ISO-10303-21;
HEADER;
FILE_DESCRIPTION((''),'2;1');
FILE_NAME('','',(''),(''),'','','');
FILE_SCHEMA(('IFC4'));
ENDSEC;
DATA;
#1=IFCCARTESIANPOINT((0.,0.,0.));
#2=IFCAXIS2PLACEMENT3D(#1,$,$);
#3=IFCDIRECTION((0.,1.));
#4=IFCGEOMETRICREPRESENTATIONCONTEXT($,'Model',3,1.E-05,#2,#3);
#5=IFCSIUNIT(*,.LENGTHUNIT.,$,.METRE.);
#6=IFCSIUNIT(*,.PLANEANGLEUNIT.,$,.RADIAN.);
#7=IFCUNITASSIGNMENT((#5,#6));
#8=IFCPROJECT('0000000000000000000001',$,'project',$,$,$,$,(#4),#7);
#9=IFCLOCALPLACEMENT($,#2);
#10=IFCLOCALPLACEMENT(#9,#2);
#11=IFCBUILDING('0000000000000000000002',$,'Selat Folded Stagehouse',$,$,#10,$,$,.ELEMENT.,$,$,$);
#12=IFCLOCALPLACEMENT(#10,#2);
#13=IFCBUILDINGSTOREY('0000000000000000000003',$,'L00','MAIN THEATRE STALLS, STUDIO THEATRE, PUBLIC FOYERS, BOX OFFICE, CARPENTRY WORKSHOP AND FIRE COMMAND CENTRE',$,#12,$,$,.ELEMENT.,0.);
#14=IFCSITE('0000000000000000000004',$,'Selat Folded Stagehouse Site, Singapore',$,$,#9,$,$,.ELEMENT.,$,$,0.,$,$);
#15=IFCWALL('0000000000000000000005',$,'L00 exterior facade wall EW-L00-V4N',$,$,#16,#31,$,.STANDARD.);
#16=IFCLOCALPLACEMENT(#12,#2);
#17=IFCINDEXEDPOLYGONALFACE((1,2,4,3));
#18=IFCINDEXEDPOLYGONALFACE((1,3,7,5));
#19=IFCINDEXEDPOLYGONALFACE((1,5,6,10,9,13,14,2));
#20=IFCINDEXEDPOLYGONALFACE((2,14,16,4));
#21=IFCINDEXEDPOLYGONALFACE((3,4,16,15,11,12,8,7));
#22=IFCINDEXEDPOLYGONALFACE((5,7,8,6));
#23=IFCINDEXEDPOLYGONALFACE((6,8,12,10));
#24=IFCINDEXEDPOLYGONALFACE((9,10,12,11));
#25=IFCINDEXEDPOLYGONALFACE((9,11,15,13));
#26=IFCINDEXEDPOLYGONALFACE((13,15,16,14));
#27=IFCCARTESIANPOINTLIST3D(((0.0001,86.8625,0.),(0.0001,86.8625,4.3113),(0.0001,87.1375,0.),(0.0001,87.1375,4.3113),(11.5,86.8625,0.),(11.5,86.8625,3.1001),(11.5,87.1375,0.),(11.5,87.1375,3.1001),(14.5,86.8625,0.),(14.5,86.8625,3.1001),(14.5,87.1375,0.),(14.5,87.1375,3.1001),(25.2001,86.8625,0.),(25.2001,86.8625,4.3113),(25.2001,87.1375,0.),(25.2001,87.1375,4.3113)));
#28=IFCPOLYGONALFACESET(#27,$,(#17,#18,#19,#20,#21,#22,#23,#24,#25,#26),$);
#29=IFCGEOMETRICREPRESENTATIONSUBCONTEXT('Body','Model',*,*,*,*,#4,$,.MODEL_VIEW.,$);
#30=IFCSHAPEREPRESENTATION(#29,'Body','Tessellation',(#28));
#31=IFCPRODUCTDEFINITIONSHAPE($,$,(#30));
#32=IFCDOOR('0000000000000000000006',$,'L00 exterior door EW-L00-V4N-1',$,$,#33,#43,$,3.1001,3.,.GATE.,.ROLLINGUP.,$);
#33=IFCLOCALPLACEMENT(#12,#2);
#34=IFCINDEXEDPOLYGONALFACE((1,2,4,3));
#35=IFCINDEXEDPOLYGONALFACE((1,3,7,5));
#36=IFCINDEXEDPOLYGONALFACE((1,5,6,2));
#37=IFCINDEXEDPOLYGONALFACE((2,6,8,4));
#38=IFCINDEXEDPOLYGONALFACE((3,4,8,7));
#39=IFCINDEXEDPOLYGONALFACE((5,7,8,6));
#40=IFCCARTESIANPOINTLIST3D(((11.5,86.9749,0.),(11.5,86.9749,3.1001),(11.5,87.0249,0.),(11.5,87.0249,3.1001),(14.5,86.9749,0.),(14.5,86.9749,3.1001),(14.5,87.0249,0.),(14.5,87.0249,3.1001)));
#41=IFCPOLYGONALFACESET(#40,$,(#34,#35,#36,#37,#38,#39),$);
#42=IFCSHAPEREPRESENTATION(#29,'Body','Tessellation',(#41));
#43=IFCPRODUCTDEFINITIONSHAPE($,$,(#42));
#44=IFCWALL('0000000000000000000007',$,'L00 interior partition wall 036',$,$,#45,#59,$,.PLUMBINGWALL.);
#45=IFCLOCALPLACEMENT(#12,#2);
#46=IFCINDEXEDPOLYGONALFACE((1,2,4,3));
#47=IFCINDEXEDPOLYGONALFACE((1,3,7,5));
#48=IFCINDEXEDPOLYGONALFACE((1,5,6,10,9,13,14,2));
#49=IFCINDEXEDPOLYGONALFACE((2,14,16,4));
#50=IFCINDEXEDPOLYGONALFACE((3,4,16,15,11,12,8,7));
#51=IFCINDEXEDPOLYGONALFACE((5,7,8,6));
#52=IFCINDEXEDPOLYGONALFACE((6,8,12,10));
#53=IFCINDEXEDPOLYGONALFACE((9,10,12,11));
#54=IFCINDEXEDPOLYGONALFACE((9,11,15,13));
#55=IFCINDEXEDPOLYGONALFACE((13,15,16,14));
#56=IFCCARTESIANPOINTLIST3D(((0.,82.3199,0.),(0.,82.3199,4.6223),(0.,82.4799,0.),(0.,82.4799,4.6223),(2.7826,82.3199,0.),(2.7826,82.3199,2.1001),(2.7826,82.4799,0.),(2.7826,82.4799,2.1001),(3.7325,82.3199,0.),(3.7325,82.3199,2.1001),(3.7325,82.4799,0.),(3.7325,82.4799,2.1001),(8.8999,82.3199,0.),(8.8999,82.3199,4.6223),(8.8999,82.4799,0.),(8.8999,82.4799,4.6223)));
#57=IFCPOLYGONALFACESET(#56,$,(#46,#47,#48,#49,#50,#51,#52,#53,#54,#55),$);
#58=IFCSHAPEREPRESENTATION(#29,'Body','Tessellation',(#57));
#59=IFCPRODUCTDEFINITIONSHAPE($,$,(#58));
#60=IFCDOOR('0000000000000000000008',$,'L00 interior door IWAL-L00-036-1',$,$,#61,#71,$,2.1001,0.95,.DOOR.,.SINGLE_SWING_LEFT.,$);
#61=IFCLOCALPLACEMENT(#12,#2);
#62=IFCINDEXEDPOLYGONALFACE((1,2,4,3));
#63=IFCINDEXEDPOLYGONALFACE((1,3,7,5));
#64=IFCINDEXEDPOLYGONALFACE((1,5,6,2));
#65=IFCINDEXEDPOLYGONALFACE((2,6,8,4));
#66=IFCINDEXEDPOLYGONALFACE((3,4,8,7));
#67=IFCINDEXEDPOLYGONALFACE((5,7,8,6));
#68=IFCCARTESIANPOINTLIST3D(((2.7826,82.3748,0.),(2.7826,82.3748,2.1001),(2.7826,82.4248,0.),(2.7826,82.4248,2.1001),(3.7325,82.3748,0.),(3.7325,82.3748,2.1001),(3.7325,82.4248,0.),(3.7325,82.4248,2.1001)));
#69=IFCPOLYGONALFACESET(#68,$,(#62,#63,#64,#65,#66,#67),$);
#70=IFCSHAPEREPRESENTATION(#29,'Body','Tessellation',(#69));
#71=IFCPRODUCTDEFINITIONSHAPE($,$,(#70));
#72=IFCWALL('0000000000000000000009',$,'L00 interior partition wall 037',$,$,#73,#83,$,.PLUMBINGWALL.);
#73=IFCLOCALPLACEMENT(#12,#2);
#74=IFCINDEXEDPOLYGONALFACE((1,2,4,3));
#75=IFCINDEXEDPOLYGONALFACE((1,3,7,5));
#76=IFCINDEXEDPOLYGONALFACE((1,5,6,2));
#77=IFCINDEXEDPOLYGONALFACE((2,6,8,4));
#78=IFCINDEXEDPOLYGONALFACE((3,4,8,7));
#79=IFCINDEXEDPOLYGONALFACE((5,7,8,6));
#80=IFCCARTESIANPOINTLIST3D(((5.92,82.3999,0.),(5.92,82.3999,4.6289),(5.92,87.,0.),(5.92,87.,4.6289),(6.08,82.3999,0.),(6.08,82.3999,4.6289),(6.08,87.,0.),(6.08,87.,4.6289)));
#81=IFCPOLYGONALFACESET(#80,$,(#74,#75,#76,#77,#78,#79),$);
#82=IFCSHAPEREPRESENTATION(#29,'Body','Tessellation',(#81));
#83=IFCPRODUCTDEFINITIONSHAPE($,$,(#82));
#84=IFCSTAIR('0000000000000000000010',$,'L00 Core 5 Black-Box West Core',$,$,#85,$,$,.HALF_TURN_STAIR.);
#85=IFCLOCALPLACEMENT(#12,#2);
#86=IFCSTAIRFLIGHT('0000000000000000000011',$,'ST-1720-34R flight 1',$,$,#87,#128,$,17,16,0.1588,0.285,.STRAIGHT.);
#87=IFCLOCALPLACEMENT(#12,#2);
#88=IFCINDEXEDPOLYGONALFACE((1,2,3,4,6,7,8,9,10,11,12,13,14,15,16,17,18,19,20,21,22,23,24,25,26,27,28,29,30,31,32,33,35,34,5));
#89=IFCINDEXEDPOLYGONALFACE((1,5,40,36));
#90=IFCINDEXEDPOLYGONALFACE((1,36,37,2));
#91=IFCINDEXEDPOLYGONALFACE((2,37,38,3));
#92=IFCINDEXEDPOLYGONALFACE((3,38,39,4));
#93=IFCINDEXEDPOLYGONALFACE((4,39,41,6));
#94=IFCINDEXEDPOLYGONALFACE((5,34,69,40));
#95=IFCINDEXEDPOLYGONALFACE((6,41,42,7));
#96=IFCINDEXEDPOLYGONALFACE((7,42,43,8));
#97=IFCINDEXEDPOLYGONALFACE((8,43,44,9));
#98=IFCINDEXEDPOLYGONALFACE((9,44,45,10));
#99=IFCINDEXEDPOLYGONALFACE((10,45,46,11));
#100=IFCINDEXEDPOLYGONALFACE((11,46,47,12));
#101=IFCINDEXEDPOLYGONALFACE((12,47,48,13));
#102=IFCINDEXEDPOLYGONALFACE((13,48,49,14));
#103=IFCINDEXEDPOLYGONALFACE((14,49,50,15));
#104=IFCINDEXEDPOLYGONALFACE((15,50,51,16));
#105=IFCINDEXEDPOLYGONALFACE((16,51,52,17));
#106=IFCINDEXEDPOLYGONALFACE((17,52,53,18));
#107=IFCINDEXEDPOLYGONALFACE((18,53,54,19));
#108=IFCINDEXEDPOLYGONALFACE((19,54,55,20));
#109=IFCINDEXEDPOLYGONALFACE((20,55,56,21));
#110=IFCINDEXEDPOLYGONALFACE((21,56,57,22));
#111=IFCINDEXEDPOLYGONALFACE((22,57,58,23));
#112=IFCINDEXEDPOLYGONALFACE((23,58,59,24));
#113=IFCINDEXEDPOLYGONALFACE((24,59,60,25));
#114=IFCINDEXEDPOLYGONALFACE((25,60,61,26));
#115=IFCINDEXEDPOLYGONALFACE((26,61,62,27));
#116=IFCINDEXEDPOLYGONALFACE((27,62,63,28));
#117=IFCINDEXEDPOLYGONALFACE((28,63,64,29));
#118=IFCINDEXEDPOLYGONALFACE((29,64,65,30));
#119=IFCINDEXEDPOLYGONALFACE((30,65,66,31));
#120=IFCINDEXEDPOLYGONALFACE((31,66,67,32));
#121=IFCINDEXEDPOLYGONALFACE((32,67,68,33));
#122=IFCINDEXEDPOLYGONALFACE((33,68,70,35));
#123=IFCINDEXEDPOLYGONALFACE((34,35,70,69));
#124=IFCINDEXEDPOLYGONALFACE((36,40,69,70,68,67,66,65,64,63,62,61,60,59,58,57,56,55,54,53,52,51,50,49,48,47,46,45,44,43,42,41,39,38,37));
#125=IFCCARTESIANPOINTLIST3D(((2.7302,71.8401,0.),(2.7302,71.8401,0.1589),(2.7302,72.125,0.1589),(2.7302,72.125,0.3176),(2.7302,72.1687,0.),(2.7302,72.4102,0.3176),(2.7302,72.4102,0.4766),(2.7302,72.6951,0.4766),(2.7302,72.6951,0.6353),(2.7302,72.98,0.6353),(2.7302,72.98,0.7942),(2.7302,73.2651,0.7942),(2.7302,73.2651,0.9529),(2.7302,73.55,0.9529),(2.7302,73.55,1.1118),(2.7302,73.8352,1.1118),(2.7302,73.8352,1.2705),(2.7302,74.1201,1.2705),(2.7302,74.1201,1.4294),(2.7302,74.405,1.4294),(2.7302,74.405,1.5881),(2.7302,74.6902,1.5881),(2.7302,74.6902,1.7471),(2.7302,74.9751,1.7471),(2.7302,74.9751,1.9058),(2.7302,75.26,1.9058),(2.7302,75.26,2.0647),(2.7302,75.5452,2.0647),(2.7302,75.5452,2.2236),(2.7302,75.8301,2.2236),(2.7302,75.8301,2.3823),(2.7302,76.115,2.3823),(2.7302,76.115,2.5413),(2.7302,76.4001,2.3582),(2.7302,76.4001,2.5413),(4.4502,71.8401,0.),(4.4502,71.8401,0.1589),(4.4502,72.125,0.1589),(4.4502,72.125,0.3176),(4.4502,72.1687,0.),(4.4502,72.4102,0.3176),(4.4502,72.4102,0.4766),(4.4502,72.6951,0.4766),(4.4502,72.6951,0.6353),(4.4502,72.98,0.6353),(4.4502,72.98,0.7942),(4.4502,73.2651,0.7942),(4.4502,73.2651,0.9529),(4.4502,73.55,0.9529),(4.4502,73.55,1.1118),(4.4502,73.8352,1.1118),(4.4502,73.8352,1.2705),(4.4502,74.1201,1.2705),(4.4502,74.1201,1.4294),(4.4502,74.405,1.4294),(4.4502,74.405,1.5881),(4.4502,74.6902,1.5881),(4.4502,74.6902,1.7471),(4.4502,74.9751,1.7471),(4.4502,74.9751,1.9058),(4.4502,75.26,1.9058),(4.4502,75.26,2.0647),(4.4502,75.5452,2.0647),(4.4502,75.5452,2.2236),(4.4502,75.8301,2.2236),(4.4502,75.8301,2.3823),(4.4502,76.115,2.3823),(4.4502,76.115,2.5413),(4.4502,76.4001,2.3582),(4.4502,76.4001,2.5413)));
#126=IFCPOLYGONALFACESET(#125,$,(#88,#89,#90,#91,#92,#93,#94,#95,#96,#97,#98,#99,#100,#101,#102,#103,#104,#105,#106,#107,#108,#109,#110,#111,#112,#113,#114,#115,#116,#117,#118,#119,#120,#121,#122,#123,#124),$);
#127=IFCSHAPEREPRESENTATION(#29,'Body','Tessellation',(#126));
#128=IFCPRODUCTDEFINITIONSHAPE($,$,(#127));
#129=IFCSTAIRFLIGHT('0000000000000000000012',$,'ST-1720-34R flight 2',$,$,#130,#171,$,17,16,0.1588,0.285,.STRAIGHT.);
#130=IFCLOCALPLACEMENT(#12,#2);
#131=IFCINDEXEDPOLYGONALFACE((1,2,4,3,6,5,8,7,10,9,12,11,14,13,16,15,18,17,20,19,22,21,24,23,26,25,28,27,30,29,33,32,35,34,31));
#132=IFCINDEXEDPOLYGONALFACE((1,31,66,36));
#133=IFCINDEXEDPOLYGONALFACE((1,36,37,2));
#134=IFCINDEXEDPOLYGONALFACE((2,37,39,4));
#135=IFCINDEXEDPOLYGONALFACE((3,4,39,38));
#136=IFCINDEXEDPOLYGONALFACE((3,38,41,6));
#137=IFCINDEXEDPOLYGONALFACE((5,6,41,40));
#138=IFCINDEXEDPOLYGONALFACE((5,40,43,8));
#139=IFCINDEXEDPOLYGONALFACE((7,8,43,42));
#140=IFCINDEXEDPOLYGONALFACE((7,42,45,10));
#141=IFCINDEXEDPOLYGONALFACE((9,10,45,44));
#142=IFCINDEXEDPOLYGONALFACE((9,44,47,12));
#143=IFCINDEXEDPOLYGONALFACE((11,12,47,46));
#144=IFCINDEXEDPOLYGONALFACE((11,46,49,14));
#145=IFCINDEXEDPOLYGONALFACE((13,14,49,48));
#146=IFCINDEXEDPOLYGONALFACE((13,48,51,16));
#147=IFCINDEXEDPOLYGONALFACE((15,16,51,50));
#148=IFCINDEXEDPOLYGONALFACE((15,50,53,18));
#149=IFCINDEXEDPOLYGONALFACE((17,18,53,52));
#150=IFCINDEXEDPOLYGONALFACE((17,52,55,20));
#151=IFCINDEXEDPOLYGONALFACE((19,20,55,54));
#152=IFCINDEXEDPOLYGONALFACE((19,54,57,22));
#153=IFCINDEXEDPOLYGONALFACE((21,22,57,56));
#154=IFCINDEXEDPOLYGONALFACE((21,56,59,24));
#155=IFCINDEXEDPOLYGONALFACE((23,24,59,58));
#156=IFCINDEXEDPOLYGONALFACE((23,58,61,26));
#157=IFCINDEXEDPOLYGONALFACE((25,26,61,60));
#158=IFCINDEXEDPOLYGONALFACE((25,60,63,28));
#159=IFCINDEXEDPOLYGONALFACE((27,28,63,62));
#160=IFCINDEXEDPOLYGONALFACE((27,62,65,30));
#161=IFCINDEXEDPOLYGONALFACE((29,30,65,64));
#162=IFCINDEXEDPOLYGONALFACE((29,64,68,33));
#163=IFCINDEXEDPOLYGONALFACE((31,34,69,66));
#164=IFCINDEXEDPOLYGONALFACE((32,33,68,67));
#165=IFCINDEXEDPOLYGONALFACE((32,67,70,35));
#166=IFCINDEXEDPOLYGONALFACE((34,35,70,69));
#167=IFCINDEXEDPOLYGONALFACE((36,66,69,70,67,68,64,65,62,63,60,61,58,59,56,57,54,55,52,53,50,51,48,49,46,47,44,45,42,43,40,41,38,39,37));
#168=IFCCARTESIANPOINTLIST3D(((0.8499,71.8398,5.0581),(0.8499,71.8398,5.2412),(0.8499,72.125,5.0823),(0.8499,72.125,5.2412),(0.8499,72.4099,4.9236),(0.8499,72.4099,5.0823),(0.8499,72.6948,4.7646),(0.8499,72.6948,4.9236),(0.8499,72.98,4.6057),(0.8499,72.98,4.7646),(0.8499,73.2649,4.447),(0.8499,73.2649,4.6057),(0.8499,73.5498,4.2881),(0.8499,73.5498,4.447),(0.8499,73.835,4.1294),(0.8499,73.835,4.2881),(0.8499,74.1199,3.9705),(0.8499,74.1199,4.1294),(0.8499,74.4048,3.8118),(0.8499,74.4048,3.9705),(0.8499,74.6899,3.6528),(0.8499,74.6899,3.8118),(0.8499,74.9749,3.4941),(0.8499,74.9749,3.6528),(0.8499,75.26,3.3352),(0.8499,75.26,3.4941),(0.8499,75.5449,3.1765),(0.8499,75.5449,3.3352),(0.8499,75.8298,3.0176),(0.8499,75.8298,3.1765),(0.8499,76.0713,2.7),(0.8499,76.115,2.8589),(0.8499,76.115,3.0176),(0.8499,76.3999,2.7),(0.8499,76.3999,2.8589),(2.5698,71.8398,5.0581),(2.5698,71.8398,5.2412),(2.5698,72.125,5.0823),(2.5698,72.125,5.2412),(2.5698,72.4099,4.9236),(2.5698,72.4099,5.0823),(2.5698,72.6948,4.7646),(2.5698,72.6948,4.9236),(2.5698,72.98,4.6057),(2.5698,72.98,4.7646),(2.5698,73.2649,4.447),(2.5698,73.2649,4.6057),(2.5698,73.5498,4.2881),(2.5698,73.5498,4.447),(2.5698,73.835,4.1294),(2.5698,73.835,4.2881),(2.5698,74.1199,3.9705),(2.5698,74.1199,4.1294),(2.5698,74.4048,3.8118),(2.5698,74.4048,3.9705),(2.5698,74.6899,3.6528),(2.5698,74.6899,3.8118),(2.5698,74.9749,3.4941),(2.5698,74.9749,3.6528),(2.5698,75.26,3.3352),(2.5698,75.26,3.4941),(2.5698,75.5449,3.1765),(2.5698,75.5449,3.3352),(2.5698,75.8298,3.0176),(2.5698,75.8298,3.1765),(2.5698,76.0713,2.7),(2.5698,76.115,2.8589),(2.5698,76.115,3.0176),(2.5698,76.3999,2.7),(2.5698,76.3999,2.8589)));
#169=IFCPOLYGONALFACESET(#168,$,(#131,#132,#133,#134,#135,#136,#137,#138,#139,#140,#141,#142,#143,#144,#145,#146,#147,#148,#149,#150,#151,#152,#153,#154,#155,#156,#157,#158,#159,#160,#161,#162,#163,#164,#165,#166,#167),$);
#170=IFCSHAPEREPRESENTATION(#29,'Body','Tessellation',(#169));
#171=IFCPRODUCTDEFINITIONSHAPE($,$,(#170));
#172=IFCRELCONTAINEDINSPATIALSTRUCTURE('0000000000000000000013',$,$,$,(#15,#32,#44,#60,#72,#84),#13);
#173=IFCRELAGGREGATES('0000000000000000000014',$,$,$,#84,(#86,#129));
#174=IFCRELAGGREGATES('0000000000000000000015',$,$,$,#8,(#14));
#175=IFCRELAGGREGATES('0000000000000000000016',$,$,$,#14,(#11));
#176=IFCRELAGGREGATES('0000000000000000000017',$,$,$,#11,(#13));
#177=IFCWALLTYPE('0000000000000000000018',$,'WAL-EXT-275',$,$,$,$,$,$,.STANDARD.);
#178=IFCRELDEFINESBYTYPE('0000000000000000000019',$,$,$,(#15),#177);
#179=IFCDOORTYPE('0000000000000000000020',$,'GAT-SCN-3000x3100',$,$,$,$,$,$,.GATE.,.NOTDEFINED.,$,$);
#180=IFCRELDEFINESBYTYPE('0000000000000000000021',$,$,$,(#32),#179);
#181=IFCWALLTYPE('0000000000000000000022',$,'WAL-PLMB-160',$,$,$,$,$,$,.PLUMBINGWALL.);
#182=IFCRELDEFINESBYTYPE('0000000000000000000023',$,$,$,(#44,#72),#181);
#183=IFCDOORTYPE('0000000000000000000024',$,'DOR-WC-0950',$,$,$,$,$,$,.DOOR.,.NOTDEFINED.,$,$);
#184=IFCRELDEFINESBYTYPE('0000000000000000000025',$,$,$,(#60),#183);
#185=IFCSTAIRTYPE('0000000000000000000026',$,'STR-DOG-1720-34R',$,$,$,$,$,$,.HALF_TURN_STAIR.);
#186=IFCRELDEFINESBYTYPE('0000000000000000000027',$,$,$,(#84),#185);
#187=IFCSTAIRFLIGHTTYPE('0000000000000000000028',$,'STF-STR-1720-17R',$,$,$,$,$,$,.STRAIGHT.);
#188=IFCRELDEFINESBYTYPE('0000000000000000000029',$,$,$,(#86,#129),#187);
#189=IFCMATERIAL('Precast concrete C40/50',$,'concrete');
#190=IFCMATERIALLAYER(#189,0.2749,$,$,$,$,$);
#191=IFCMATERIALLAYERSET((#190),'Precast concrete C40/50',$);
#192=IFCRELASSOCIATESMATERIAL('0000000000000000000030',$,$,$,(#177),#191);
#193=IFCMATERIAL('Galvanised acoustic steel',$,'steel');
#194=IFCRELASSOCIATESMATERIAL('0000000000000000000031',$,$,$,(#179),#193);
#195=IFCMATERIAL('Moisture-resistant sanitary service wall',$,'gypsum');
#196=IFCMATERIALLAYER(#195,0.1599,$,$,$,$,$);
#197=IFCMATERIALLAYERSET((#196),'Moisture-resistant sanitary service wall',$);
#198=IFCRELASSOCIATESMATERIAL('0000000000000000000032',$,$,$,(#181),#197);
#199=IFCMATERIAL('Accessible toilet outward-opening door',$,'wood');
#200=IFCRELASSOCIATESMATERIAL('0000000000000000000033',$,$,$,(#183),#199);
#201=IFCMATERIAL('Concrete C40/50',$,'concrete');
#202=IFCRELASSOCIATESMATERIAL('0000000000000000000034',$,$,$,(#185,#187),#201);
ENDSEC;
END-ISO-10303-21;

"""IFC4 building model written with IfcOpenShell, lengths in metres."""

from ifc_helpers import new_model, si_unit, direction, frame, frame_2d, origin, place, context, subcontext, project, spatial, polyline, rectangle, outline, extrude, material, layer, layer_set, type_object, element, fill, aggregate, save


model = new_model("IFC4")

# Units and contexts
model_context = context("Model", 3, precision=1e-05, world=origin(), true_north=direction((0.0, 1.0)))
body_context = subcontext(model_context, "Body", "Model", "MODEL_VIEW")
ifc_project = project(units=[si_unit("LENGTHUNIT", "METRE"), si_unit("PLANEANGLEUNIT", "RADIAN")], contexts=[model_context])

# Site, building, storey
site_placement = place(None, origin())
site = spatial("IfcSite", under=ifc_project, at=site_placement, Name="Selat Folded Stagehouse Site, Singapore", CompositionType="ELEMENT", RefElevation=0.0)
building_placement = place(site_placement, origin())
building = spatial("IfcBuilding", under=site, at=building_placement, Name="Selat Folded Stagehouse", CompositionType="ELEMENT")
storey_placement = place(building_placement, origin())
storey = spatial("IfcBuildingStorey", under=building, at=storey_placement, Name="L00", Description="MAIN THEATRE STALLS, STUDIO THEATRE, PUBLIC FOYERS, BOX OFFICE, CARPENTRY WORKSHOP AND FIRE COMMAND CENTRE", CompositionType="ELEMENT", Elevation=0.0)

# Walls, openings, doors
ifc_material_1 = material(Name="Concrete C40/50", Category="concrete")
ifc_material_2 = material(Name="Precast concrete C40/50", Category="concrete")
ifc_layer_1 = layer(ifc_material_2, 0.2749)
ifc_layer_set_1 = layer_set([ifc_layer_1], Name="Precast concrete C40/50")
wall_type_1 = type_object("IfcWallType", Name="WAL-EXT-275", PredefinedType="STANDARD", material=ifc_layer_set_1)
wall_1_placement = place(storey_placement, frame((0.0, 87.0, 0.0), z_axis=(0.0, 0.0, 1.0), x_axis=(1.0, 0.0, 0.0)))
wall_1 = element("IfcWall", 1, at=wall_1_placement, inside=storey, type_object=wall_type_1, Name="L00 exterior facade wall EW-L00-V4N", PredefinedType="STANDARD", context=body_context, shape_type="SweptSolid", body=[
    extrude(rectangle(XDim=25.2, YDim=0.2749, at=frame_2d((12.6001, 0.0))), origin(), (0.0, 0.0, 1.0), 4.3113),
])
opening_1_placement = place(wall_1_placement, frame((11.5, 0.0, 0.0)))
opening_1 = element("IfcOpeningElement", 2, at=opening_1_placement, cuts=wall_1, PredefinedType="OPENING", context=body_context, shape_type="SweptSolid", body=[
    extrude(rectangle(XDim=3.0, YDim=3.1001, at=frame_2d((1.5, 1.55))), frame((0.0, 0.1475, 0.0), z_axis=(0.0, -1.0, 0.0), x_axis=(1.0, 0.0, 0.0)), (0.0, 0.0, 1.0), 0.2949),
])
ifc_material_3 = material(Name="Galvanised acoustic steel", Category="steel")
door_type_1 = type_object("IfcDoorType", Name="GAT-SCN-3000x3100", OperationType="NOTDEFINED", PredefinedType="GATE", material=ifc_material_3)
door_1_placement = place(opening_1_placement, origin())
door_1 = element("IfcDoor", 3, at=door_1_placement, inside=storey, type_object=door_type_1, Name="L00 exterior door EW-L00-V4N-1", OperationType="ROLLINGUP", OverallHeight=3.1001, OverallWidth=3.0, PredefinedType="GATE", context=body_context, shape_type="SweptSolid", body=[
    extrude(rectangle(XDim=3.0, YDim=3.1001, at=frame_2d((1.5, 1.55))), frame((0.0, 0.0249, 0.0), z_axis=(0.0, -1.0, 0.0), x_axis=(1.0, 0.0, 0.0)), (0.0, 0.0, 1.0), 0.05),
])
fill(opening_1, door_1)
ifc_material_4 = material(Name="Moisture-resistant sanitary service wall", Category="gypsum")
ifc_layer_2 = layer(ifc_material_4, 0.1599)
ifc_layer_set_2 = layer_set([ifc_layer_2], Name="Moisture-resistant sanitary service wall")
wall_type_2 = type_object("IfcWallType", Name="WAL-PLMB-160", PredefinedType="PLUMBINGWALL", material=ifc_layer_set_2)
wall_2_placement = place(storey_placement, frame((0.0, 82.3999, 0.0), z_axis=(0.0, 0.0, 1.0), x_axis=(1.0, 0.0, 0.0)))
wall_2 = element("IfcWall", 4, at=wall_2_placement, inside=storey, type_object=wall_type_2, Name="L00 interior partition wall 036", PredefinedType="PLUMBINGWALL", context=body_context, shape_type="SweptSolid", body=[
    extrude(rectangle(XDim=8.8999, YDim=0.1599, at=frame_2d((4.45, 0.0))), origin(), (0.0, 0.0, 1.0), 4.6223),
])
opening_2_placement = place(wall_2_placement, frame((2.7825, 0.0, 0.0)))
opening_2 = element("IfcOpeningElement", 5, at=opening_2_placement, cuts=wall_2, PredefinedType="OPENING", context=body_context, shape_type="SweptSolid", body=[
    extrude(rectangle(XDim=0.95, YDim=2.1001, at=frame_2d((0.4751, 1.05))), frame((0.0, 0.0898, 0.0), z_axis=(0.0, -1.0, 0.0), x_axis=(1.0, 0.0, 0.0)), (0.0, 0.0, 1.0), 0.1799),
])
ifc_material_5 = material(Name="Accessible toilet outward-opening door", Category="wood")
door_type_2 = type_object("IfcDoorType", Name="DOR-WC-0950", OperationType="NOTDEFINED", PredefinedType="DOOR", material=ifc_material_5)
door_2_placement = place(opening_2_placement, origin())
door_2 = element("IfcDoor", 6, at=door_2_placement, inside=storey, type_object=door_type_2, Name="L00 interior door IWAL-L00-036-1", OperationType="SINGLE_SWING_LEFT", OverallHeight=2.1001, OverallWidth=0.95, PredefinedType="DOOR", context=body_context, shape_type="SweptSolid", body=[
    extrude(rectangle(XDim=0.95, YDim=2.1001, at=frame_2d((0.4751, 1.05))), frame((0.0, 0.0249, 0.0), z_axis=(0.0, -1.0, 0.0), x_axis=(1.0, 0.0, 0.0)), (0.0, 0.0, 1.0), 0.05),
])
fill(opening_2, door_2)

# Wall
wall_3_placement = place(storey_placement, frame((6.0, 82.3999, 0.0), z_axis=(0.0, 0.0, 1.0), x_axis=(0.0, 1.0, 0.0)))
element("IfcWall", 7, at=wall_3_placement, inside=storey, type_object=wall_type_2, Name="L00 interior partition wall 037", PredefinedType="PLUMBINGWALL", context=body_context, shape_type="SweptSolid", body=[
    extrude(rectangle(XDim=4.6001, YDim=0.1599, at=frame_2d((2.3, 0.0))), origin(), (0.0, 0.0, 1.0), 4.6289),
])

# Stair, stair flights
stair_type = type_object("IfcStairType", Name="STR-DOG-1720-34R", PredefinedType="HALF_TURN_STAIR", material=ifc_material_1)
stair_placement = place(storey_placement, origin())
stair = element("IfcStair", 8, at=stair_placement, inside=storey, type_object=stair_type, Name="L00 Core 5 Black-Box West Core", PredefinedType="HALF_TURN_STAIR")
stair_flight_type = type_object("IfcStairFlightType", Name="STF-STR-1720-17R", PredefinedType="STRAIGHT", material=ifc_material_1)
stair_flight_1_placement = place(storey_placement, frame((3.5901, 71.8401, 0.0), z_axis=(0.0, 0.0, 1.0), x_axis=(0.0, 1.0, 0.0)))
stair_flight_1 = element("IfcStairFlight", 9, at=stair_flight_1_placement, type_object=stair_flight_type, Name="ST-1720-34R flight 1", NumberOfRisers=17, NumberOfTreads=16, PredefinedType="STRAIGHT", RiserHeight=0.1588, TreadLength=0.285, context=body_context, shape_type="SweptSolid", body=[
    extrude(outline(polyline([(0.0, 0.0), (0.0, 0.1589), (0.2849, 0.1589), (0.2849, 0.3176), (0.5701, 0.3176), (0.5701, 0.4766), (0.855, 0.4766), (0.855, 0.6353), (1.1399, 0.6353), (1.1399, 0.7942), (1.425, 0.7942), (1.425, 0.9529), (1.71, 0.9529), (1.71, 1.1118), (1.9951, 1.1118), (1.9951, 1.2705), (2.28, 1.2705), (2.28, 1.4294), (2.5649, 1.4294), (2.5649, 1.5881), (2.8501, 1.5881), (2.8501, 1.7471), (3.135, 1.7471), (3.135, 1.9058), (3.4199, 1.9058), (3.4199, 2.0647), (3.7051, 2.0647), (3.7051, 2.2236), (3.99, 2.2236), (3.99, 2.3823), (4.2749, 2.3823), (4.2749, 2.5413), (4.5601, 2.5413), (4.5601, 2.7), (4.5601, 2.3582), (0.3286, 0.0), (0.0, 0.0)])), frame((0.0, 0.8599, 0.0), z_axis=(0.0, -1.0, 0.0), x_axis=(1.0, 0.0, 0.0)), (0.0, 0.0, 1.0), 1.72),
])
stair_flight_2_placement = place(storey_placement, frame((1.71, 76.3999, 2.7), z_axis=(0.0, 0.0, 1.0), x_axis=(0.0, -1.0, 0.0)))
stair_flight_2 = element("IfcStairFlight", 10, at=stair_flight_2_placement, type_object=stair_flight_type, Name="ST-1720-34R flight 2", NumberOfRisers=17, NumberOfTreads=16, PredefinedType="STRAIGHT", RiserHeight=0.1588, TreadLength=0.285, context=body_context, shape_type="SweptSolid", body=[
    extrude(outline(polyline([(0.0, 0.0), (0.0, 0.1589), (0.2849, 0.1589), (0.2849, 0.3176), (0.5701, 0.3176), (0.5701, 0.4766), (0.855, 0.4766), (0.855, 0.6353), (1.1399, 0.6353), (1.1399, 0.7942), (1.425, 0.7942), (1.425, 0.9529), (1.71, 0.9529), (1.71, 1.1118), (1.9951, 1.1118), (1.9951, 1.2705), (2.28, 1.2705), (2.28, 1.4294), (2.5649, 1.4294), (2.5649, 1.5881), (2.8501, 1.5881), (2.8501, 1.7471), (3.135, 1.7471), (3.135, 1.9058), (3.4199, 1.9058), (3.4199, 2.0647), (3.7051, 2.0647), (3.7051, 2.2236), (3.99, 2.2236), (3.99, 2.3823), (4.2749, 2.3823), (4.2749, 2.5413), (4.5601, 2.5413), (4.5601, 2.7), (4.5601, 2.3582), (0.3286, 0.0), (0.0, 0.0)])), frame((0.0, 0.8599, 0.0), z_axis=(0.0, -1.0, 0.0), x_axis=(1.0, 0.0, 0.0)), (0.0, 0.0, 1.0), 1.72),
])
aggregate(stair, [stair_flight_1, stair_flight_2])

save(model, "model.ifc")
